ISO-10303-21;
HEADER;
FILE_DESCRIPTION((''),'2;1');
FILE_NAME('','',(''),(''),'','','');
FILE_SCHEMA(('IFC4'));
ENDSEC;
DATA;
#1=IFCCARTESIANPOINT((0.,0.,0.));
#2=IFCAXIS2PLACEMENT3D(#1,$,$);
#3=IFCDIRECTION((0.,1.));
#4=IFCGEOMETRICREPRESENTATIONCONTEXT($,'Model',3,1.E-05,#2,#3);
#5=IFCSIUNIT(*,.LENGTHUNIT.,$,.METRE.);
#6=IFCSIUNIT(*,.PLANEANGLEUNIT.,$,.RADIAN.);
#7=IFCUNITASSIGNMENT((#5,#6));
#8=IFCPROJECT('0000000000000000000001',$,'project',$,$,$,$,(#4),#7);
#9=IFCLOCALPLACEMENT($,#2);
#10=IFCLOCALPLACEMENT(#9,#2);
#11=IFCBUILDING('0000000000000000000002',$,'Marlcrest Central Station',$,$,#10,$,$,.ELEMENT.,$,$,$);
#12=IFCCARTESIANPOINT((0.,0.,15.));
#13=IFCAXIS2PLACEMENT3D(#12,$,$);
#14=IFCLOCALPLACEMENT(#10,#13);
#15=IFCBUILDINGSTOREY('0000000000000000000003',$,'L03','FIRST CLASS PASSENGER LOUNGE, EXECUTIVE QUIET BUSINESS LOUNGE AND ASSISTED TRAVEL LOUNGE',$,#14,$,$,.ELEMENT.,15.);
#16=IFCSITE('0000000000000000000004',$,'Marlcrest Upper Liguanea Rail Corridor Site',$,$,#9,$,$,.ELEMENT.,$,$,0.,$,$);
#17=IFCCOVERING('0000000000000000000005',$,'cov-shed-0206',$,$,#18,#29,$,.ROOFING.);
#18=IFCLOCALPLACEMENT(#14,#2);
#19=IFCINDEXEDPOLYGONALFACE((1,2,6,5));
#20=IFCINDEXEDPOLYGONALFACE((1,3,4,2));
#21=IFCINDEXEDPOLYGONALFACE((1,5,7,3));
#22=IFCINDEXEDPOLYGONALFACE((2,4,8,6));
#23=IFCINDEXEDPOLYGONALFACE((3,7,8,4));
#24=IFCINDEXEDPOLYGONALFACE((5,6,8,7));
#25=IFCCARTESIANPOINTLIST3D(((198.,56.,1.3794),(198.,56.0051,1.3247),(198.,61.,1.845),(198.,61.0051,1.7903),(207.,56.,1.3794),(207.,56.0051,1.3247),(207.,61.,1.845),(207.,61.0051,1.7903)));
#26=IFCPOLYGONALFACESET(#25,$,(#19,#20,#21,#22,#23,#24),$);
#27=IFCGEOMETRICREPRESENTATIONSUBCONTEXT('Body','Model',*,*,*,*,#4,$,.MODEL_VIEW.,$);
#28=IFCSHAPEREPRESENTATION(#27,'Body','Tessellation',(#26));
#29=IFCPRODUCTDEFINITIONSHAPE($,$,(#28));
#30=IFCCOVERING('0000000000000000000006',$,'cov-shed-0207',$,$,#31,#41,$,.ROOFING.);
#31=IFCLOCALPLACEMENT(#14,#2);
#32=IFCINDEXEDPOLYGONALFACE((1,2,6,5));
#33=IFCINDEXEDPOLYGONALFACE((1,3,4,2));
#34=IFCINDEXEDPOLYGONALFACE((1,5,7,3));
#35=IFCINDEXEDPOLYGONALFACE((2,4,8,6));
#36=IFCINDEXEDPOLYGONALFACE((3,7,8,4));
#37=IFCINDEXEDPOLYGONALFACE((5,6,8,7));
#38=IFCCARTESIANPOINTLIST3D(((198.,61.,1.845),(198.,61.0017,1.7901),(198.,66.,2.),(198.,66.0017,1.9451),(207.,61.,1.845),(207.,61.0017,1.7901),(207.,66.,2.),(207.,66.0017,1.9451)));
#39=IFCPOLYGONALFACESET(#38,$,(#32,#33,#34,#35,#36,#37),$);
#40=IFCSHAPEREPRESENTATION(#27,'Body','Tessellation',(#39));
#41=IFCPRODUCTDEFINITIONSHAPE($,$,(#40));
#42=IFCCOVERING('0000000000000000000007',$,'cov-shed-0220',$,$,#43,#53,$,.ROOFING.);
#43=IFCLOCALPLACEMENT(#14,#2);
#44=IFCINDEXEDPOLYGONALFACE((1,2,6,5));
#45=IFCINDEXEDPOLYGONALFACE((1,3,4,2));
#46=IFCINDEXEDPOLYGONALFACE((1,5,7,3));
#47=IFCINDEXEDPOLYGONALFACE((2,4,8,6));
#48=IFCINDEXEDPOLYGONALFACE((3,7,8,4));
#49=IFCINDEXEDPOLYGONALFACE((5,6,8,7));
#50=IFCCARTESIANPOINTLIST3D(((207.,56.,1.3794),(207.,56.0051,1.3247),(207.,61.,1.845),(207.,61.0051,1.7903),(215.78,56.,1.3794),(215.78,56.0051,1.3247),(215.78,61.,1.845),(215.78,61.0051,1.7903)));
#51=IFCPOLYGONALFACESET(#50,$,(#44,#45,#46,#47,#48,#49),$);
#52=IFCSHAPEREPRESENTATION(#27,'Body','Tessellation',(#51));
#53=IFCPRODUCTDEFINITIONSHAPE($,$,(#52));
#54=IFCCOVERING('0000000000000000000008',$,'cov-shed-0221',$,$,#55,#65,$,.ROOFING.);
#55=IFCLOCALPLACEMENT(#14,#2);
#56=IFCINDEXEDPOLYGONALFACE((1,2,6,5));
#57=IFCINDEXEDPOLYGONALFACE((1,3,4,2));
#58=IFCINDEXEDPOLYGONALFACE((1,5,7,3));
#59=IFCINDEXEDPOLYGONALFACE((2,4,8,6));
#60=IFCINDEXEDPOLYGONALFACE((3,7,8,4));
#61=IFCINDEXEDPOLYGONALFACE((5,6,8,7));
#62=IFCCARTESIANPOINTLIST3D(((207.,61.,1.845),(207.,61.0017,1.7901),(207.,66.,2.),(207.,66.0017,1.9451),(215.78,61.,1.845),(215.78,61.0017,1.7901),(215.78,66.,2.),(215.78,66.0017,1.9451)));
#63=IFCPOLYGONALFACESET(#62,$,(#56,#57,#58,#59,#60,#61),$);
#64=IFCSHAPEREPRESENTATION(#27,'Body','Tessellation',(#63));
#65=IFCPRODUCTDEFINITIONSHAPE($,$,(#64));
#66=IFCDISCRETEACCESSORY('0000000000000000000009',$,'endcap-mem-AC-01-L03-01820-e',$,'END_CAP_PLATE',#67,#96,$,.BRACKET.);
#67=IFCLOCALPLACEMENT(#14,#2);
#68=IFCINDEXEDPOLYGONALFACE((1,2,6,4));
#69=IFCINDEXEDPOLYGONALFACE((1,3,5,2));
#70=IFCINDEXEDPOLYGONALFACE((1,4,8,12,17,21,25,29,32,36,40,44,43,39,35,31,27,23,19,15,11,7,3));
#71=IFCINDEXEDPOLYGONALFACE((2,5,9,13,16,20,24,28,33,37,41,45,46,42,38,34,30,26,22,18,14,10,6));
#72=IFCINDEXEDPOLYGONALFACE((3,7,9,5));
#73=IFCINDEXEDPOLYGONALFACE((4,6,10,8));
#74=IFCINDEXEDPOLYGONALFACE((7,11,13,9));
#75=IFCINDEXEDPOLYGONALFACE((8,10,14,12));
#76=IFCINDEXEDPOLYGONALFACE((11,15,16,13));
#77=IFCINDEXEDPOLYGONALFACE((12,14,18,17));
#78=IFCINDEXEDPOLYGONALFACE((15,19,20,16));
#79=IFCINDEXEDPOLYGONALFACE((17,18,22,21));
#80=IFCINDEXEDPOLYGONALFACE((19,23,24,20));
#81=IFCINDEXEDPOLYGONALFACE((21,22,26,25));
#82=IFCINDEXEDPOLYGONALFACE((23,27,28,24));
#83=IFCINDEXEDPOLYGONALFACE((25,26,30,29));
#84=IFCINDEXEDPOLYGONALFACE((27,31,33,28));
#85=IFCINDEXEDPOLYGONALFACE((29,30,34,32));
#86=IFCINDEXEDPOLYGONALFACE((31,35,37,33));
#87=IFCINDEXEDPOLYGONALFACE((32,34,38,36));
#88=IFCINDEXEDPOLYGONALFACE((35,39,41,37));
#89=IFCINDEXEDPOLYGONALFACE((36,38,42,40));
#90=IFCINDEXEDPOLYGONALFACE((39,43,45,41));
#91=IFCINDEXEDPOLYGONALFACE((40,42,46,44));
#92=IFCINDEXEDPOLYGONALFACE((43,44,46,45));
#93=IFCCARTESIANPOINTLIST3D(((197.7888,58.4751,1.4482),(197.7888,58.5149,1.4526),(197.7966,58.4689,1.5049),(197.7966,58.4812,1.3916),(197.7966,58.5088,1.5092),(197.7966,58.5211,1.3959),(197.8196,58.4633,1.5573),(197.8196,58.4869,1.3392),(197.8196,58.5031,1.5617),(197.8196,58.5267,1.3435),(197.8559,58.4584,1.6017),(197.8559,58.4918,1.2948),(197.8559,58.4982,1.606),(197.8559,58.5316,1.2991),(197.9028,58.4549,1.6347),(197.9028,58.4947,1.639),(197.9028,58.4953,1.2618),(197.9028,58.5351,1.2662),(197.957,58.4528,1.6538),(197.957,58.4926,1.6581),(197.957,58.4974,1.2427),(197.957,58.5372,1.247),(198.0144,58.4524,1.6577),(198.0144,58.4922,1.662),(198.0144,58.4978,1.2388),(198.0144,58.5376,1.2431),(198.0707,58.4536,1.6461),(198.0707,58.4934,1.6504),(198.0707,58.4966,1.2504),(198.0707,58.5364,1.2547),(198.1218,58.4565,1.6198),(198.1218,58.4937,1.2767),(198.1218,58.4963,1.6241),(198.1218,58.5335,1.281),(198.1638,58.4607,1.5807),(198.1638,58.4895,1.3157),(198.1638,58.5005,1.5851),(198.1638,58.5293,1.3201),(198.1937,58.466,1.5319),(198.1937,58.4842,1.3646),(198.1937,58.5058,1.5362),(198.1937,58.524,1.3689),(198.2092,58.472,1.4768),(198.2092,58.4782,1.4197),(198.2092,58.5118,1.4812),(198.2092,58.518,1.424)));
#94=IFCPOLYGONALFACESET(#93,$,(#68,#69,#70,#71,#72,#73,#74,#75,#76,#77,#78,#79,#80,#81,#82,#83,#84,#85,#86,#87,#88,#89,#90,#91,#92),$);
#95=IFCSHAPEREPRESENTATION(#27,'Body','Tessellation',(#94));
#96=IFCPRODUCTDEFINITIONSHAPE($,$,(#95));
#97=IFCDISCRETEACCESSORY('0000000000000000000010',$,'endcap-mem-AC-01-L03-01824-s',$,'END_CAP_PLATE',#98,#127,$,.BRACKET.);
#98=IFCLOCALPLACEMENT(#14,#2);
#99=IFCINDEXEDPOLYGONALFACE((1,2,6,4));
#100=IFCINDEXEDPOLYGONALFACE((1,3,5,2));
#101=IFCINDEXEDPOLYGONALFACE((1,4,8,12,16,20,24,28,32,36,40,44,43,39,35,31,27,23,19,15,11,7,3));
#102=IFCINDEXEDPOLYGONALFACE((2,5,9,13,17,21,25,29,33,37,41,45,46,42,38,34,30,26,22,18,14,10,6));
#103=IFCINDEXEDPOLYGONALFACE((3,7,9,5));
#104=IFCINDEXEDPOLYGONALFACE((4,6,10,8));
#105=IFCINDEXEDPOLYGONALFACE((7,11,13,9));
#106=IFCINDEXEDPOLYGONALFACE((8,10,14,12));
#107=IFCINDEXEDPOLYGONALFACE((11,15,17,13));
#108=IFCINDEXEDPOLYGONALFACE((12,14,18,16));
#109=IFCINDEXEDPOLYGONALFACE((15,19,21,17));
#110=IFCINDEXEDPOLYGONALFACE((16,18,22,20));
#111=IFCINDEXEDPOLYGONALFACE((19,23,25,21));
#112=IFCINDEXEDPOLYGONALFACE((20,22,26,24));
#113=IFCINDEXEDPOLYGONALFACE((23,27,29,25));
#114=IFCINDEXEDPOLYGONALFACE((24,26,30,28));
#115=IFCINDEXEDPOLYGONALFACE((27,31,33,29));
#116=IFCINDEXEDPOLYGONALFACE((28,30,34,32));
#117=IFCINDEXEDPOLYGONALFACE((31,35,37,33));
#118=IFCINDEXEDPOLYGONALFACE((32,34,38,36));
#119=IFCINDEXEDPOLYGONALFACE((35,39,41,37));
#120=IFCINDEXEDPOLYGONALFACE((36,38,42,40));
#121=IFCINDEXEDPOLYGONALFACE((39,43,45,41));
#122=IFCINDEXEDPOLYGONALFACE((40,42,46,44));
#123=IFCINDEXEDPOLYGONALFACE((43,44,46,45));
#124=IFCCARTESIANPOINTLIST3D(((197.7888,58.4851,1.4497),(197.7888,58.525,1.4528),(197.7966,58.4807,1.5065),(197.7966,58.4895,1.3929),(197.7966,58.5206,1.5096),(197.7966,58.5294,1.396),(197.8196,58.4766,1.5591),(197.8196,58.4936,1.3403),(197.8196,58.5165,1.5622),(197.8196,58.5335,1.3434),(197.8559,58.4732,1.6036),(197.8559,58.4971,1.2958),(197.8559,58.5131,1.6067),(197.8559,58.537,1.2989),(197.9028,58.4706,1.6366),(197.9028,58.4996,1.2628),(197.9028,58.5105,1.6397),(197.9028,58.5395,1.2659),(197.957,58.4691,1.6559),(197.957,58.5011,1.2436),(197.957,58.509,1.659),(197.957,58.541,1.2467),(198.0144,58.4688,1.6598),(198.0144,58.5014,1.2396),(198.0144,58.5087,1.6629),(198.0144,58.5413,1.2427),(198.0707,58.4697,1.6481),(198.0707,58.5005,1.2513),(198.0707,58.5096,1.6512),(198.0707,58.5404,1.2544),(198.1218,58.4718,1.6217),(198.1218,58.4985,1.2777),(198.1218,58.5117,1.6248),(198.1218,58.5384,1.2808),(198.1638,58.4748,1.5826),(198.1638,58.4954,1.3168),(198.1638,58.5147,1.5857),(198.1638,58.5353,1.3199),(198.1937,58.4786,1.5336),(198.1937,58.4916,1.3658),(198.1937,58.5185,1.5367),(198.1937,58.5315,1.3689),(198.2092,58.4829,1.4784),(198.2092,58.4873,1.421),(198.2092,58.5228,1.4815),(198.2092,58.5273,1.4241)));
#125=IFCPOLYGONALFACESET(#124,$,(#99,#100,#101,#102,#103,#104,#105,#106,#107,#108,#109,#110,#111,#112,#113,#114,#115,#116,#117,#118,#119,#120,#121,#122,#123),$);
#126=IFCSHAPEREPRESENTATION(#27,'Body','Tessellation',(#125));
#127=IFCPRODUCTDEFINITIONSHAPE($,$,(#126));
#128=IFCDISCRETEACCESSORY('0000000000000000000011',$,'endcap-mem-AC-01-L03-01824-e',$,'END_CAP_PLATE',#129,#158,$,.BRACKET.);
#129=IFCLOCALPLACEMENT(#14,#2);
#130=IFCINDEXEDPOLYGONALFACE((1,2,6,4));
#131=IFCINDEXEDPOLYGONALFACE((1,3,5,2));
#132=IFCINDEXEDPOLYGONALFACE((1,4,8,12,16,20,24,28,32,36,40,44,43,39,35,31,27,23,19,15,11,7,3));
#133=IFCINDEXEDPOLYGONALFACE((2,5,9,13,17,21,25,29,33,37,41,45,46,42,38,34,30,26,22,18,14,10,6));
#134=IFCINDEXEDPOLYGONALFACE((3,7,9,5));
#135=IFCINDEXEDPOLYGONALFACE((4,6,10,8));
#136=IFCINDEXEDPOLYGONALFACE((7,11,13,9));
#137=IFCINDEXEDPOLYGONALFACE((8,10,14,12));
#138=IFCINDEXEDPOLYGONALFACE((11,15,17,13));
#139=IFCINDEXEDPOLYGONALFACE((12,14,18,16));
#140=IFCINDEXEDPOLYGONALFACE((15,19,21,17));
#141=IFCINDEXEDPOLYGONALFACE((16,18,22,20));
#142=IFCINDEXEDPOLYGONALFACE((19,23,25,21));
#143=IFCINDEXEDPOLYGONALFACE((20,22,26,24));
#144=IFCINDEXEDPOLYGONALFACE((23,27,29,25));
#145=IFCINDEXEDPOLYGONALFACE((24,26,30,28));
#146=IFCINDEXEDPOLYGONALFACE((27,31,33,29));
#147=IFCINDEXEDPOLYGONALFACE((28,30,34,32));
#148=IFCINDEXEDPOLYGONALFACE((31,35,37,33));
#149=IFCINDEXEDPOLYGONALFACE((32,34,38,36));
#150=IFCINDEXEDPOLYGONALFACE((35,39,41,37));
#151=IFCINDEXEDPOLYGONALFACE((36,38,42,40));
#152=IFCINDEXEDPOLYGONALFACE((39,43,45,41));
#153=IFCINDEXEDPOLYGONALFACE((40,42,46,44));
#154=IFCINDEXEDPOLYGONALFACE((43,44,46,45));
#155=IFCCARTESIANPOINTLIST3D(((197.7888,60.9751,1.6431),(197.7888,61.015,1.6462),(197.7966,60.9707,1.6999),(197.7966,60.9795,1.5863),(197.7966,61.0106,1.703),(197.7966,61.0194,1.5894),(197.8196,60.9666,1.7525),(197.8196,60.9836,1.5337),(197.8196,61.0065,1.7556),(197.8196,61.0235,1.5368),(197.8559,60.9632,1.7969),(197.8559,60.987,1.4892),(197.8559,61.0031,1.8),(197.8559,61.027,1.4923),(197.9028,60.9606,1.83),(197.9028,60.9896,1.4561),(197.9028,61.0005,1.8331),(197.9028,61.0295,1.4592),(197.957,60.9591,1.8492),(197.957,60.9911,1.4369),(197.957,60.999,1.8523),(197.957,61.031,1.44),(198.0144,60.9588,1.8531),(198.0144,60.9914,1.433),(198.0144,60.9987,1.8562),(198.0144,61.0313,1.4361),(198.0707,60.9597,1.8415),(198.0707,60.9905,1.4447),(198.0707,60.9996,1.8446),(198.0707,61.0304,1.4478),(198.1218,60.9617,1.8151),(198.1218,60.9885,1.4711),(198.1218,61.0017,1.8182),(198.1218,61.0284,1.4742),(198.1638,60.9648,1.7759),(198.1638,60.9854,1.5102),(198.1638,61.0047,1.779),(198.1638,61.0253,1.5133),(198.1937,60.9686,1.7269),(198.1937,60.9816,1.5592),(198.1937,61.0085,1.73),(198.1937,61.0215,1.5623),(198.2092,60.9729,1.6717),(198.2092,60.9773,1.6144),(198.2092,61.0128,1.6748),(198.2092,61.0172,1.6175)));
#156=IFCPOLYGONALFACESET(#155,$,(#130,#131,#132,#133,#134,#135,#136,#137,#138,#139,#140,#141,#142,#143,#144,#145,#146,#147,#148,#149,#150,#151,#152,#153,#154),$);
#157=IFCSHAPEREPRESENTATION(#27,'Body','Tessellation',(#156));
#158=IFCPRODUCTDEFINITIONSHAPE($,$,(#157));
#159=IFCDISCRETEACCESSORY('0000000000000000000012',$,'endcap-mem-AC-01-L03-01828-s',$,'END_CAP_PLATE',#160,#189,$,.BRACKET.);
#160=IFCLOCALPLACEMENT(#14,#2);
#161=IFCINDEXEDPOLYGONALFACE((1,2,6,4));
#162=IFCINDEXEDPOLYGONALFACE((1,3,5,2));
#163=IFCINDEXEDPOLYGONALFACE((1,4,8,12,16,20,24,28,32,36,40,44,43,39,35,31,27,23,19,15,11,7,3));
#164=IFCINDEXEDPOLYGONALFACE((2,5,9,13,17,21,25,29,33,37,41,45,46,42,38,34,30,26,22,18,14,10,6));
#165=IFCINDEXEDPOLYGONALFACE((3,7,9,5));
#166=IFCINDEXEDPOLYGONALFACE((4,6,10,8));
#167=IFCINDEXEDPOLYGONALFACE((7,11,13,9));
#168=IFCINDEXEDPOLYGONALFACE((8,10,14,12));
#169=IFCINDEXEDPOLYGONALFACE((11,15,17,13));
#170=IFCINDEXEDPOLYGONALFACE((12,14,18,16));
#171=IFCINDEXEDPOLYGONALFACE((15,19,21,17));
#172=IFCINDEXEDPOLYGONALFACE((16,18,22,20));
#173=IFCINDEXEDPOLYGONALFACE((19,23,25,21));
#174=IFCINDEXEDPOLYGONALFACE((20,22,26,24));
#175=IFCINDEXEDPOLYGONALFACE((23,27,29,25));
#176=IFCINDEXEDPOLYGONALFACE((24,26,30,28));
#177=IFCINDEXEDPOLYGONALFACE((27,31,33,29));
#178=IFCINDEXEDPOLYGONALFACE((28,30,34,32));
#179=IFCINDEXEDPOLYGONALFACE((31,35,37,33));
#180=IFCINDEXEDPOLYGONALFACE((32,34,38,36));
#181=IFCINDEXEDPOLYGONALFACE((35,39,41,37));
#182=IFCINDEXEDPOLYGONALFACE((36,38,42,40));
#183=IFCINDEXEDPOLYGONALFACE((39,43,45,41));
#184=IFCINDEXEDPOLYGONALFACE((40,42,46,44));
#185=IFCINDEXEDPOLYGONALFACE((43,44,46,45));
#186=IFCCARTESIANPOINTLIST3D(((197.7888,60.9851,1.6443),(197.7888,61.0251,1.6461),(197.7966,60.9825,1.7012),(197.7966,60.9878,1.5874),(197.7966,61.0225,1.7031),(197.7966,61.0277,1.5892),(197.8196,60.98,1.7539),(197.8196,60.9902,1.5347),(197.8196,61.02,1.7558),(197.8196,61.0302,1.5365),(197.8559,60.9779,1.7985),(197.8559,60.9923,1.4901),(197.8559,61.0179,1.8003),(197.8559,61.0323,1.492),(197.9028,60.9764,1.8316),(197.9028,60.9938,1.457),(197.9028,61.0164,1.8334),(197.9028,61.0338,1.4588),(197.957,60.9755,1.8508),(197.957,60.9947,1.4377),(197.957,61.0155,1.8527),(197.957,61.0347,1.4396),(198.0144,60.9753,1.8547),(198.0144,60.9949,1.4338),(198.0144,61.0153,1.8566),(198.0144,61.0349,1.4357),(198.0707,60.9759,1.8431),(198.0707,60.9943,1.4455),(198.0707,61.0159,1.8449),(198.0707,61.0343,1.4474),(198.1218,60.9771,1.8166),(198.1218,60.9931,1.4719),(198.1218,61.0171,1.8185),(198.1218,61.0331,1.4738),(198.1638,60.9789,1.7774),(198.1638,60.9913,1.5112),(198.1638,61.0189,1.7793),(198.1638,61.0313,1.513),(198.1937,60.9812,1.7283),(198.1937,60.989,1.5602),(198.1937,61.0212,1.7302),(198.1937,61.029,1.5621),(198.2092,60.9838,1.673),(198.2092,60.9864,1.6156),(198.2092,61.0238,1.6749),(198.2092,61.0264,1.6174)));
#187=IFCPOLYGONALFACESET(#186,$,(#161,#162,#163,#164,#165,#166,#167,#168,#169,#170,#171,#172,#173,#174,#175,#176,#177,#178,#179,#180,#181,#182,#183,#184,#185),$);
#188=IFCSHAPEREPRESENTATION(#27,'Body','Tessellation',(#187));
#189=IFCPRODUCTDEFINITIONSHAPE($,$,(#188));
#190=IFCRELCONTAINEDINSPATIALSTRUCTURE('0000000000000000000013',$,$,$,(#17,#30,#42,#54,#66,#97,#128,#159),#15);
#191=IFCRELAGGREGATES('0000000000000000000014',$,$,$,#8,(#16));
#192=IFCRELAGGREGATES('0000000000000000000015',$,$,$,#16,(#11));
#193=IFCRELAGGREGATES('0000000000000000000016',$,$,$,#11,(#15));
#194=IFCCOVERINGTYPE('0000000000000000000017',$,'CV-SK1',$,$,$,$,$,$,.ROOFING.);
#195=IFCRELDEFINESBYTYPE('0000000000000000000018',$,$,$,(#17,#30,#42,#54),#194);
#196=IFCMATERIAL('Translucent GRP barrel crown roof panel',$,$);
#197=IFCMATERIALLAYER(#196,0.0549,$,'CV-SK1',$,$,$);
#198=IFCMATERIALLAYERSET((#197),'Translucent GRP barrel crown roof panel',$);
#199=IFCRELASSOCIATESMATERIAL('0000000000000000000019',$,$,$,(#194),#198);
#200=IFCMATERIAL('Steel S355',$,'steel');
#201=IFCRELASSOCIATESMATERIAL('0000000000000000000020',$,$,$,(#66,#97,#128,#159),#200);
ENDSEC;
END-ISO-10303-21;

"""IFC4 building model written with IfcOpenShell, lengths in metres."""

from ifc_helpers import new_model, si_unit, direction, frame, origin, origin_2d, place, context, subcontext, project, spatial, polyline, circle, outline, extrude, material, layer, layer_set, type_object, element, save


model = new_model("IFC4")

# Units and contexts
model_context = context("Model", 3, precision=1e-05, world=origin(), true_north=direction((0.0, 1.0)))
body_context = subcontext(model_context, "Body", "Model", "MODEL_VIEW")
ifc_project = project(units=[si_unit("LENGTHUNIT", "METRE"), si_unit("PLANEANGLEUNIT", "RADIAN")], contexts=[model_context])

# Site, building, storey
site_placement = place(None, origin())
site = spatial("IfcSite", under=ifc_project, at=site_placement, Name="Marlcrest Upper Liguanea Rail Corridor Site", CompositionType="ELEMENT", RefElevation=0.0)
building_placement = place(site_placement, origin())
building = spatial("IfcBuilding", under=site, at=building_placement, Name="Marlcrest Central Station", CompositionType="ELEMENT")
storey_placement = place(building_placement, frame((0.0, 0.0, 15.0)))
storey = spatial("IfcBuildingStorey", under=building, at=storey_placement, Name="L03", Description="FIRST CLASS PASSENGER LOUNGE, EXECUTIVE QUIET BUSINESS LOUNGE AND ASSISTED TRAVEL LOUNGE", CompositionType="ELEMENT", Elevation=15.0)

# Shared definitions
ifc_material_1 = material(Name="Steel S355", Category="steel")

# Coverings
ifc_material_2 = material(Name="Translucent GRP barrel crown roof panel")
ifc_layer = layer(ifc_material_2, 0.0549, Name="CV-SK1")
ifc_layer_set = layer_set([ifc_layer], Name="Translucent GRP barrel crown roof panel")
covering_type = type_object("IfcCoveringType", Name="CV-SK1", PredefinedType="ROOFING", material=ifc_layer_set)
covering_1_placement = place(storey_placement, frame((198.0, 56.0, 1.3794), z_axis=(0.0, -0.092714, 0.995693), x_axis=(1.0, 0.0, 0.0)))
element("IfcCovering", 1, at=covering_1_placement, inside=storey, type_object=covering_type, Name="cov-shed-0206", PredefinedType="ROOFING", context=body_context, shape_type="SweptSolid", body=[
    extrude(outline(polyline([(0.0, 0.0), (9.0, 0.0), (9.0, 5.0216), (0.0, 5.0216), (0.0, 0.0)])), origin(), (0.0, 0.0, -1.0), 0.0549),
])
covering_2_placement = place(storey_placement, frame((198.0, 61.0, 1.845), z_axis=(0.0, -0.030991, 0.99952), x_axis=(1.0, 0.0, 0.0)))
element("IfcCovering", 2, at=covering_2_placement, inside=storey, type_object=covering_type, Name="cov-shed-0207", PredefinedType="ROOFING", context=body_context, shape_type="SweptSolid", body=[
    extrude(outline(polyline([(0.0, 0.0), (9.0, 0.0), (9.0, 5.0024), (0.0, 5.0024), (0.0, 0.0)])), origin(), (0.0, 0.0, -1.0), 0.0549),
])
covering_3_placement = place(storey_placement, frame((207.0, 56.0, 1.3794), z_axis=(0.0, -0.092714, 0.995693), x_axis=(1.0, 0.0, 0.0)))
element("IfcCovering", 3, at=covering_3_placement, inside=storey, type_object=covering_type, Name="cov-shed-0220", PredefinedType="ROOFING", context=body_context, shape_type="SweptSolid", body=[
    extrude(outline(polyline([(0.0, 0.0), (8.78, 0.0), (8.78, 5.0216), (0.0, 5.0216), (0.0, 0.0)])), origin(), (0.0, 0.0, -1.0), 0.0549),
])
covering_4_placement = place(storey_placement, frame((207.0, 61.0, 1.845), z_axis=(0.0, -0.030991, 0.99952), x_axis=(1.0, 0.0, 0.0)))
element("IfcCovering", 4, at=covering_4_placement, inside=storey, type_object=covering_type, Name="cov-shed-0221", PredefinedType="ROOFING", context=body_context, shape_type="SweptSolid", body=[
    extrude(outline(polyline([(0.0, 0.0), (8.78, 0.0), (8.78, 5.0024), (0.0, 5.0024), (0.0, 0.0)])), origin(), (0.0, 0.0, -1.0), 0.0549),
])

# Discrete accessories
for number, where, z_axis, x_axis, name in (
    (5, (198.0, 58.4751, 1.4482), (0.0, 0.994155, 0.107959), (-1.0, 0.0, 0.0), "endcap-mem-AC-01-L03-01820-e"),
    (6, (198.0, 58.4851, 1.4497), (0.0, 0.997, 0.077404), (-1.0, 0.0, 0.0), "endcap-mem-AC-01-L03-01824-s"),
    (7, (198.0, 60.9751, 1.6431), (0.0, 0.997, 0.077404), (-1.0, 0.0, 0.0), "endcap-mem-AC-01-L03-01824-e"),
    (8, (198.0, 60.9851, 1.6443), (0.0, 0.998921, 0.046434), (-1.0, 0.0, 0.0), "endcap-mem-AC-01-L03-01828-s"),
):
    element("IfcDiscreteAccessory", number, at=place(storey_placement, frame(where, z_axis=z_axis, x_axis=x_axis)), inside=storey, material=ifc_material_1, Name=name, ObjectType="END_CAP_PLATE", PredefinedType="BRACKET", context=body_context, shape_type="SweptSolid", body=[
        extrude(circle(Radius=0.2112, at=origin_2d()), origin(), (0.0, 0.0, 1.0), 0.04),
    ])

save(model, "model.ifc")
